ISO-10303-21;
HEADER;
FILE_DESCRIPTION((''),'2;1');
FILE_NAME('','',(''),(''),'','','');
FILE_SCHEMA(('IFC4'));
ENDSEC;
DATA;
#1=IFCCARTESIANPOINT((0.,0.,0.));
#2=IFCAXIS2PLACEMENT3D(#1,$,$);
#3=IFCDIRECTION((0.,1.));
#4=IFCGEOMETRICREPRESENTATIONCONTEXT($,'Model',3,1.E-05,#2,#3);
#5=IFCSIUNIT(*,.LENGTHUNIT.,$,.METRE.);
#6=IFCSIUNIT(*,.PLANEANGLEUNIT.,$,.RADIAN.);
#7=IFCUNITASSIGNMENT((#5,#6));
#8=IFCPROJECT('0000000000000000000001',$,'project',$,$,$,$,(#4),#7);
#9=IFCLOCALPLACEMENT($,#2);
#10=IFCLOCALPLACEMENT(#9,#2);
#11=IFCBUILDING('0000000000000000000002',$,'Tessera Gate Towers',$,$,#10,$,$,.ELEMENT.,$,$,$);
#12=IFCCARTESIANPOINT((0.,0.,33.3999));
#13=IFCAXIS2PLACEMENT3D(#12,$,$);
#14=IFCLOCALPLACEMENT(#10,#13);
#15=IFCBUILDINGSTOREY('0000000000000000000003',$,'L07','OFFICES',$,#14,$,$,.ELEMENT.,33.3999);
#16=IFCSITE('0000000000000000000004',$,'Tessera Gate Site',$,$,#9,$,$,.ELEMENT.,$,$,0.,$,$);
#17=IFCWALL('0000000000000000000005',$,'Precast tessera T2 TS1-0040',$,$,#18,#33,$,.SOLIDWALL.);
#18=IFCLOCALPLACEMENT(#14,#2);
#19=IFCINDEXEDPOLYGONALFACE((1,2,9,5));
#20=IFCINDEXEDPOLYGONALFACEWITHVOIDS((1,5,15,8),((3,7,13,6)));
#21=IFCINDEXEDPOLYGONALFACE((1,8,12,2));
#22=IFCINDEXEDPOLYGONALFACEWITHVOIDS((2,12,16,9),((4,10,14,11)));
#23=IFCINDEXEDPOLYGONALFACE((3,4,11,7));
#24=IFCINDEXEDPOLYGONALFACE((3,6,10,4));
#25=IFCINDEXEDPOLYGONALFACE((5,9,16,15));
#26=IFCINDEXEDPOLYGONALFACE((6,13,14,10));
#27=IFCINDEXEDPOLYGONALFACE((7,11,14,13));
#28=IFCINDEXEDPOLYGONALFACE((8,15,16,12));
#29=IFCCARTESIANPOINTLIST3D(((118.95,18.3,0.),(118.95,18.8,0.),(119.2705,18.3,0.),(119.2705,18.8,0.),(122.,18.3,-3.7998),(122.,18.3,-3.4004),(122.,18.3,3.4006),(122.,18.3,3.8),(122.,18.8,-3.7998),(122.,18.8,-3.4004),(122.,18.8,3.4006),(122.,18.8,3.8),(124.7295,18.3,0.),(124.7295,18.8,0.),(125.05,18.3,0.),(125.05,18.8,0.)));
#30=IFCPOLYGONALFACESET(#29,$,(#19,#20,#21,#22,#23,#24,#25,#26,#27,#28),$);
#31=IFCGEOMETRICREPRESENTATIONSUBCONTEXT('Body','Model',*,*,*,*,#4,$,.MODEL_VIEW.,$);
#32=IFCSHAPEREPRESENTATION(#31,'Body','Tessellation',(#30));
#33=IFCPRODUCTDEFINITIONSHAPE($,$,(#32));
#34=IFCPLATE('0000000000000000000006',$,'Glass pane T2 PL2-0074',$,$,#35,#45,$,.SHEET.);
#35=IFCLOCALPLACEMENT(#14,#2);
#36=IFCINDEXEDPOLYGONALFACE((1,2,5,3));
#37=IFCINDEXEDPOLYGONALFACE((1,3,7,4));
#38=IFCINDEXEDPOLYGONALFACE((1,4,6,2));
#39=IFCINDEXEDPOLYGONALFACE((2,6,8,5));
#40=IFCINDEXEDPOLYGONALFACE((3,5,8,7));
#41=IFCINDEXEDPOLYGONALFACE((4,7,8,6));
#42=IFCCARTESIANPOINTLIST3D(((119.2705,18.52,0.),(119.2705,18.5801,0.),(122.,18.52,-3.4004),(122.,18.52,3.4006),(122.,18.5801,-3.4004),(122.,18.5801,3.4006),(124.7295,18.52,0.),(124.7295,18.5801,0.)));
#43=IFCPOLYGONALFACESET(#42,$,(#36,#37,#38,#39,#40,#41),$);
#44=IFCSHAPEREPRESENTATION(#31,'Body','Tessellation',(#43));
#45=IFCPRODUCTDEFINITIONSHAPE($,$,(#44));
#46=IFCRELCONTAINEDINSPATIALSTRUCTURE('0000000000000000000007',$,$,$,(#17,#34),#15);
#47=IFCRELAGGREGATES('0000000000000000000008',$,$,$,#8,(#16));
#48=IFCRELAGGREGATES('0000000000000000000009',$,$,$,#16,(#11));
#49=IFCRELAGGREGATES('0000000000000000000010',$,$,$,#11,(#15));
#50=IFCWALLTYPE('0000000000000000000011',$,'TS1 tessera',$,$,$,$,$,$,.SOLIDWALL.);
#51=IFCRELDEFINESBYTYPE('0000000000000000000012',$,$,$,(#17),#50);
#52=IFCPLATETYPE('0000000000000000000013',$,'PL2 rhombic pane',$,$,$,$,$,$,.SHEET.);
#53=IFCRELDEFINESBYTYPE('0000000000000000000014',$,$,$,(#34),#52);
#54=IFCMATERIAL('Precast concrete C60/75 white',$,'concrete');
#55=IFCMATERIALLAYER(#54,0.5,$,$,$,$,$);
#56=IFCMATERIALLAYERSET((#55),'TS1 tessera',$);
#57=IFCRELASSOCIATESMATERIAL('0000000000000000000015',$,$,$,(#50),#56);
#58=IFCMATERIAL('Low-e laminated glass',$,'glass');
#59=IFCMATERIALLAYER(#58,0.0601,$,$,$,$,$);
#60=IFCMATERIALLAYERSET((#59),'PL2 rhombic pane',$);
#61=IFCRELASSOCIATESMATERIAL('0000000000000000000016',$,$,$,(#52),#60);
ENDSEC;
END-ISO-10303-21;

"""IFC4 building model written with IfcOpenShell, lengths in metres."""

from ifc_helpers import new_model, si_unit, direction, frame, origin, place, context, subcontext, project, spatial, polyline, outline, extrude, source, transform, mapped, material, layer, layer_set, type_object, element, fill, save


model = new_model("IFC4")

# Units and contexts
model_context = context("Model", 3, precision=1e-05, world=origin(), true_north=direction((0.0, 1.0)))
body_context = subcontext(model_context, "Body", "Model", "MODEL_VIEW")
ifc_project = project(units=[si_unit("LENGTHUNIT", "METRE"), si_unit("PLANEANGLEUNIT", "RADIAN")], contexts=[model_context])

# Site, building, storey
site_placement = place(None, origin())
site = spatial("IfcSite", under=ifc_project, at=site_placement, Name="Tessera Gate Site", CompositionType="ELEMENT", RefElevation=0.0)
building_placement = place(site_placement, origin())
building = spatial("IfcBuilding", under=site, at=building_placement, Name="Tessera Gate Towers", CompositionType="ELEMENT")
storey_placement = place(building_placement, frame((0.0, 0.0, 33.3999)))
storey = spatial("IfcBuildingStorey", under=building, at=storey_placement, Name="L07", Description="OFFICES", CompositionType="ELEMENT", Elevation=33.3999)

# Wall, opening, plate
ifc_material_1 = material(Name="Precast concrete C60/75 white", Category="concrete")
ifc_layer_1 = layer(ifc_material_1, 0.5)
ifc_layer_set_1 = layer_set([ifc_layer_1], Name="TS1 tessera")
wall_type_1 = type_object("IfcWallType", Name="TS1 tessera", PredefinedType="SOLIDWALL", material=ifc_layer_set_1)
shared_shape_1 = source(origin(), body_context, "Body", "SweptSolid", [
    extrude(outline(polyline([(3.05, 0.0), (6.1001, 3.7998), (3.05, 7.5999), (0.0, 3.7998), (3.05, 0.0)])), frame((0.0, 0.25, 0.0), z_axis=(0.0, -1.0, 0.0), x_axis=(1.0, 0.0, 0.0)), (0.0, 0.0, 1.0), 0.5),
])
shared_shape_2 = source(origin(), body_context, "Body", "SweptSolid", [
    extrude(outline(polyline([(3.05, 0.3994), (5.7795, 3.7998), (3.05, 7.2004), (0.3206, 3.7998), (3.05, 0.3994)])), frame((0.0, 0.26, 0.0), z_axis=(0.0, -1.0, 0.0), x_axis=(1.0, 0.0, 0.0)), (0.0, 0.0, 1.0), 0.52),
])
ifc_material_2 = material(Name="Low-e laminated glass", Category="glass")
ifc_layer_2 = layer(ifc_material_2, 0.0601)
ifc_layer_set_2 = layer_set([ifc_layer_2], Name="PL2 rhombic pane")
plate_type = type_object("IfcPlateType", Name="PL2 rhombic pane", PredefinedType="SHEET", material=ifc_layer_set_2)
shared_shape_3 = source(origin(), body_context, "Body", "SweptSolid", [
    extrude(outline(polyline([(3.05, 0.3994), (5.7795, 3.7998), (3.05, 7.2004), (0.3206, 3.7998), (3.05, 0.3994)])), frame((0.0, 0.03, 0.0), z_axis=(0.0, -1.0, 0.0), x_axis=(1.0, 0.0, 0.0)), (0.0, 0.0, 1.0), 0.0601),
])
wall_1_placement = place(storey_placement, frame((118.95, 18.55, -3.7998), z_axis=(0.0, 0.0, 1.0), x_axis=(1.0, 0.0, 0.0)))
wall_1 = element("IfcWall", 1, at=wall_1_placement, inside=storey, type_object=wall_type_1, Name="Precast tessera T2 TS1-0040", PredefinedType="SOLIDWALL", context=body_context, shape_type="MappedRepresentation", body=[
    mapped(shared_shape_1, transform((0.0, 0.0, 0.0), scale=1.0)),
])
opening_1_placement = place(wall_1_placement, origin())
opening_1 = element("IfcOpeningElement", 2, at=opening_1_placement, cuts=wall_1, PredefinedType="OPENING", context=body_context, shape_type="MappedRepresentation", body=[
    mapped(shared_shape_2, transform((0.0, 0.0, 0.0), scale=1.0)),
])
plate_1_placement = place(opening_1_placement, origin())
plate_1 = element("IfcPlate", 3, at=plate_1_placement, inside=storey, type_object=plate_type, Name="Glass pane T2 PL2-0074", PredefinedType="SHEET", context=body_context, shape_type="MappedRepresentation", body=[
    mapped(shared_shape_3, transform((0.0, 0.0, 0.0), scale=1.0)),
])
fill(opening_1, plate_1)

save(model, "model.ifc")
